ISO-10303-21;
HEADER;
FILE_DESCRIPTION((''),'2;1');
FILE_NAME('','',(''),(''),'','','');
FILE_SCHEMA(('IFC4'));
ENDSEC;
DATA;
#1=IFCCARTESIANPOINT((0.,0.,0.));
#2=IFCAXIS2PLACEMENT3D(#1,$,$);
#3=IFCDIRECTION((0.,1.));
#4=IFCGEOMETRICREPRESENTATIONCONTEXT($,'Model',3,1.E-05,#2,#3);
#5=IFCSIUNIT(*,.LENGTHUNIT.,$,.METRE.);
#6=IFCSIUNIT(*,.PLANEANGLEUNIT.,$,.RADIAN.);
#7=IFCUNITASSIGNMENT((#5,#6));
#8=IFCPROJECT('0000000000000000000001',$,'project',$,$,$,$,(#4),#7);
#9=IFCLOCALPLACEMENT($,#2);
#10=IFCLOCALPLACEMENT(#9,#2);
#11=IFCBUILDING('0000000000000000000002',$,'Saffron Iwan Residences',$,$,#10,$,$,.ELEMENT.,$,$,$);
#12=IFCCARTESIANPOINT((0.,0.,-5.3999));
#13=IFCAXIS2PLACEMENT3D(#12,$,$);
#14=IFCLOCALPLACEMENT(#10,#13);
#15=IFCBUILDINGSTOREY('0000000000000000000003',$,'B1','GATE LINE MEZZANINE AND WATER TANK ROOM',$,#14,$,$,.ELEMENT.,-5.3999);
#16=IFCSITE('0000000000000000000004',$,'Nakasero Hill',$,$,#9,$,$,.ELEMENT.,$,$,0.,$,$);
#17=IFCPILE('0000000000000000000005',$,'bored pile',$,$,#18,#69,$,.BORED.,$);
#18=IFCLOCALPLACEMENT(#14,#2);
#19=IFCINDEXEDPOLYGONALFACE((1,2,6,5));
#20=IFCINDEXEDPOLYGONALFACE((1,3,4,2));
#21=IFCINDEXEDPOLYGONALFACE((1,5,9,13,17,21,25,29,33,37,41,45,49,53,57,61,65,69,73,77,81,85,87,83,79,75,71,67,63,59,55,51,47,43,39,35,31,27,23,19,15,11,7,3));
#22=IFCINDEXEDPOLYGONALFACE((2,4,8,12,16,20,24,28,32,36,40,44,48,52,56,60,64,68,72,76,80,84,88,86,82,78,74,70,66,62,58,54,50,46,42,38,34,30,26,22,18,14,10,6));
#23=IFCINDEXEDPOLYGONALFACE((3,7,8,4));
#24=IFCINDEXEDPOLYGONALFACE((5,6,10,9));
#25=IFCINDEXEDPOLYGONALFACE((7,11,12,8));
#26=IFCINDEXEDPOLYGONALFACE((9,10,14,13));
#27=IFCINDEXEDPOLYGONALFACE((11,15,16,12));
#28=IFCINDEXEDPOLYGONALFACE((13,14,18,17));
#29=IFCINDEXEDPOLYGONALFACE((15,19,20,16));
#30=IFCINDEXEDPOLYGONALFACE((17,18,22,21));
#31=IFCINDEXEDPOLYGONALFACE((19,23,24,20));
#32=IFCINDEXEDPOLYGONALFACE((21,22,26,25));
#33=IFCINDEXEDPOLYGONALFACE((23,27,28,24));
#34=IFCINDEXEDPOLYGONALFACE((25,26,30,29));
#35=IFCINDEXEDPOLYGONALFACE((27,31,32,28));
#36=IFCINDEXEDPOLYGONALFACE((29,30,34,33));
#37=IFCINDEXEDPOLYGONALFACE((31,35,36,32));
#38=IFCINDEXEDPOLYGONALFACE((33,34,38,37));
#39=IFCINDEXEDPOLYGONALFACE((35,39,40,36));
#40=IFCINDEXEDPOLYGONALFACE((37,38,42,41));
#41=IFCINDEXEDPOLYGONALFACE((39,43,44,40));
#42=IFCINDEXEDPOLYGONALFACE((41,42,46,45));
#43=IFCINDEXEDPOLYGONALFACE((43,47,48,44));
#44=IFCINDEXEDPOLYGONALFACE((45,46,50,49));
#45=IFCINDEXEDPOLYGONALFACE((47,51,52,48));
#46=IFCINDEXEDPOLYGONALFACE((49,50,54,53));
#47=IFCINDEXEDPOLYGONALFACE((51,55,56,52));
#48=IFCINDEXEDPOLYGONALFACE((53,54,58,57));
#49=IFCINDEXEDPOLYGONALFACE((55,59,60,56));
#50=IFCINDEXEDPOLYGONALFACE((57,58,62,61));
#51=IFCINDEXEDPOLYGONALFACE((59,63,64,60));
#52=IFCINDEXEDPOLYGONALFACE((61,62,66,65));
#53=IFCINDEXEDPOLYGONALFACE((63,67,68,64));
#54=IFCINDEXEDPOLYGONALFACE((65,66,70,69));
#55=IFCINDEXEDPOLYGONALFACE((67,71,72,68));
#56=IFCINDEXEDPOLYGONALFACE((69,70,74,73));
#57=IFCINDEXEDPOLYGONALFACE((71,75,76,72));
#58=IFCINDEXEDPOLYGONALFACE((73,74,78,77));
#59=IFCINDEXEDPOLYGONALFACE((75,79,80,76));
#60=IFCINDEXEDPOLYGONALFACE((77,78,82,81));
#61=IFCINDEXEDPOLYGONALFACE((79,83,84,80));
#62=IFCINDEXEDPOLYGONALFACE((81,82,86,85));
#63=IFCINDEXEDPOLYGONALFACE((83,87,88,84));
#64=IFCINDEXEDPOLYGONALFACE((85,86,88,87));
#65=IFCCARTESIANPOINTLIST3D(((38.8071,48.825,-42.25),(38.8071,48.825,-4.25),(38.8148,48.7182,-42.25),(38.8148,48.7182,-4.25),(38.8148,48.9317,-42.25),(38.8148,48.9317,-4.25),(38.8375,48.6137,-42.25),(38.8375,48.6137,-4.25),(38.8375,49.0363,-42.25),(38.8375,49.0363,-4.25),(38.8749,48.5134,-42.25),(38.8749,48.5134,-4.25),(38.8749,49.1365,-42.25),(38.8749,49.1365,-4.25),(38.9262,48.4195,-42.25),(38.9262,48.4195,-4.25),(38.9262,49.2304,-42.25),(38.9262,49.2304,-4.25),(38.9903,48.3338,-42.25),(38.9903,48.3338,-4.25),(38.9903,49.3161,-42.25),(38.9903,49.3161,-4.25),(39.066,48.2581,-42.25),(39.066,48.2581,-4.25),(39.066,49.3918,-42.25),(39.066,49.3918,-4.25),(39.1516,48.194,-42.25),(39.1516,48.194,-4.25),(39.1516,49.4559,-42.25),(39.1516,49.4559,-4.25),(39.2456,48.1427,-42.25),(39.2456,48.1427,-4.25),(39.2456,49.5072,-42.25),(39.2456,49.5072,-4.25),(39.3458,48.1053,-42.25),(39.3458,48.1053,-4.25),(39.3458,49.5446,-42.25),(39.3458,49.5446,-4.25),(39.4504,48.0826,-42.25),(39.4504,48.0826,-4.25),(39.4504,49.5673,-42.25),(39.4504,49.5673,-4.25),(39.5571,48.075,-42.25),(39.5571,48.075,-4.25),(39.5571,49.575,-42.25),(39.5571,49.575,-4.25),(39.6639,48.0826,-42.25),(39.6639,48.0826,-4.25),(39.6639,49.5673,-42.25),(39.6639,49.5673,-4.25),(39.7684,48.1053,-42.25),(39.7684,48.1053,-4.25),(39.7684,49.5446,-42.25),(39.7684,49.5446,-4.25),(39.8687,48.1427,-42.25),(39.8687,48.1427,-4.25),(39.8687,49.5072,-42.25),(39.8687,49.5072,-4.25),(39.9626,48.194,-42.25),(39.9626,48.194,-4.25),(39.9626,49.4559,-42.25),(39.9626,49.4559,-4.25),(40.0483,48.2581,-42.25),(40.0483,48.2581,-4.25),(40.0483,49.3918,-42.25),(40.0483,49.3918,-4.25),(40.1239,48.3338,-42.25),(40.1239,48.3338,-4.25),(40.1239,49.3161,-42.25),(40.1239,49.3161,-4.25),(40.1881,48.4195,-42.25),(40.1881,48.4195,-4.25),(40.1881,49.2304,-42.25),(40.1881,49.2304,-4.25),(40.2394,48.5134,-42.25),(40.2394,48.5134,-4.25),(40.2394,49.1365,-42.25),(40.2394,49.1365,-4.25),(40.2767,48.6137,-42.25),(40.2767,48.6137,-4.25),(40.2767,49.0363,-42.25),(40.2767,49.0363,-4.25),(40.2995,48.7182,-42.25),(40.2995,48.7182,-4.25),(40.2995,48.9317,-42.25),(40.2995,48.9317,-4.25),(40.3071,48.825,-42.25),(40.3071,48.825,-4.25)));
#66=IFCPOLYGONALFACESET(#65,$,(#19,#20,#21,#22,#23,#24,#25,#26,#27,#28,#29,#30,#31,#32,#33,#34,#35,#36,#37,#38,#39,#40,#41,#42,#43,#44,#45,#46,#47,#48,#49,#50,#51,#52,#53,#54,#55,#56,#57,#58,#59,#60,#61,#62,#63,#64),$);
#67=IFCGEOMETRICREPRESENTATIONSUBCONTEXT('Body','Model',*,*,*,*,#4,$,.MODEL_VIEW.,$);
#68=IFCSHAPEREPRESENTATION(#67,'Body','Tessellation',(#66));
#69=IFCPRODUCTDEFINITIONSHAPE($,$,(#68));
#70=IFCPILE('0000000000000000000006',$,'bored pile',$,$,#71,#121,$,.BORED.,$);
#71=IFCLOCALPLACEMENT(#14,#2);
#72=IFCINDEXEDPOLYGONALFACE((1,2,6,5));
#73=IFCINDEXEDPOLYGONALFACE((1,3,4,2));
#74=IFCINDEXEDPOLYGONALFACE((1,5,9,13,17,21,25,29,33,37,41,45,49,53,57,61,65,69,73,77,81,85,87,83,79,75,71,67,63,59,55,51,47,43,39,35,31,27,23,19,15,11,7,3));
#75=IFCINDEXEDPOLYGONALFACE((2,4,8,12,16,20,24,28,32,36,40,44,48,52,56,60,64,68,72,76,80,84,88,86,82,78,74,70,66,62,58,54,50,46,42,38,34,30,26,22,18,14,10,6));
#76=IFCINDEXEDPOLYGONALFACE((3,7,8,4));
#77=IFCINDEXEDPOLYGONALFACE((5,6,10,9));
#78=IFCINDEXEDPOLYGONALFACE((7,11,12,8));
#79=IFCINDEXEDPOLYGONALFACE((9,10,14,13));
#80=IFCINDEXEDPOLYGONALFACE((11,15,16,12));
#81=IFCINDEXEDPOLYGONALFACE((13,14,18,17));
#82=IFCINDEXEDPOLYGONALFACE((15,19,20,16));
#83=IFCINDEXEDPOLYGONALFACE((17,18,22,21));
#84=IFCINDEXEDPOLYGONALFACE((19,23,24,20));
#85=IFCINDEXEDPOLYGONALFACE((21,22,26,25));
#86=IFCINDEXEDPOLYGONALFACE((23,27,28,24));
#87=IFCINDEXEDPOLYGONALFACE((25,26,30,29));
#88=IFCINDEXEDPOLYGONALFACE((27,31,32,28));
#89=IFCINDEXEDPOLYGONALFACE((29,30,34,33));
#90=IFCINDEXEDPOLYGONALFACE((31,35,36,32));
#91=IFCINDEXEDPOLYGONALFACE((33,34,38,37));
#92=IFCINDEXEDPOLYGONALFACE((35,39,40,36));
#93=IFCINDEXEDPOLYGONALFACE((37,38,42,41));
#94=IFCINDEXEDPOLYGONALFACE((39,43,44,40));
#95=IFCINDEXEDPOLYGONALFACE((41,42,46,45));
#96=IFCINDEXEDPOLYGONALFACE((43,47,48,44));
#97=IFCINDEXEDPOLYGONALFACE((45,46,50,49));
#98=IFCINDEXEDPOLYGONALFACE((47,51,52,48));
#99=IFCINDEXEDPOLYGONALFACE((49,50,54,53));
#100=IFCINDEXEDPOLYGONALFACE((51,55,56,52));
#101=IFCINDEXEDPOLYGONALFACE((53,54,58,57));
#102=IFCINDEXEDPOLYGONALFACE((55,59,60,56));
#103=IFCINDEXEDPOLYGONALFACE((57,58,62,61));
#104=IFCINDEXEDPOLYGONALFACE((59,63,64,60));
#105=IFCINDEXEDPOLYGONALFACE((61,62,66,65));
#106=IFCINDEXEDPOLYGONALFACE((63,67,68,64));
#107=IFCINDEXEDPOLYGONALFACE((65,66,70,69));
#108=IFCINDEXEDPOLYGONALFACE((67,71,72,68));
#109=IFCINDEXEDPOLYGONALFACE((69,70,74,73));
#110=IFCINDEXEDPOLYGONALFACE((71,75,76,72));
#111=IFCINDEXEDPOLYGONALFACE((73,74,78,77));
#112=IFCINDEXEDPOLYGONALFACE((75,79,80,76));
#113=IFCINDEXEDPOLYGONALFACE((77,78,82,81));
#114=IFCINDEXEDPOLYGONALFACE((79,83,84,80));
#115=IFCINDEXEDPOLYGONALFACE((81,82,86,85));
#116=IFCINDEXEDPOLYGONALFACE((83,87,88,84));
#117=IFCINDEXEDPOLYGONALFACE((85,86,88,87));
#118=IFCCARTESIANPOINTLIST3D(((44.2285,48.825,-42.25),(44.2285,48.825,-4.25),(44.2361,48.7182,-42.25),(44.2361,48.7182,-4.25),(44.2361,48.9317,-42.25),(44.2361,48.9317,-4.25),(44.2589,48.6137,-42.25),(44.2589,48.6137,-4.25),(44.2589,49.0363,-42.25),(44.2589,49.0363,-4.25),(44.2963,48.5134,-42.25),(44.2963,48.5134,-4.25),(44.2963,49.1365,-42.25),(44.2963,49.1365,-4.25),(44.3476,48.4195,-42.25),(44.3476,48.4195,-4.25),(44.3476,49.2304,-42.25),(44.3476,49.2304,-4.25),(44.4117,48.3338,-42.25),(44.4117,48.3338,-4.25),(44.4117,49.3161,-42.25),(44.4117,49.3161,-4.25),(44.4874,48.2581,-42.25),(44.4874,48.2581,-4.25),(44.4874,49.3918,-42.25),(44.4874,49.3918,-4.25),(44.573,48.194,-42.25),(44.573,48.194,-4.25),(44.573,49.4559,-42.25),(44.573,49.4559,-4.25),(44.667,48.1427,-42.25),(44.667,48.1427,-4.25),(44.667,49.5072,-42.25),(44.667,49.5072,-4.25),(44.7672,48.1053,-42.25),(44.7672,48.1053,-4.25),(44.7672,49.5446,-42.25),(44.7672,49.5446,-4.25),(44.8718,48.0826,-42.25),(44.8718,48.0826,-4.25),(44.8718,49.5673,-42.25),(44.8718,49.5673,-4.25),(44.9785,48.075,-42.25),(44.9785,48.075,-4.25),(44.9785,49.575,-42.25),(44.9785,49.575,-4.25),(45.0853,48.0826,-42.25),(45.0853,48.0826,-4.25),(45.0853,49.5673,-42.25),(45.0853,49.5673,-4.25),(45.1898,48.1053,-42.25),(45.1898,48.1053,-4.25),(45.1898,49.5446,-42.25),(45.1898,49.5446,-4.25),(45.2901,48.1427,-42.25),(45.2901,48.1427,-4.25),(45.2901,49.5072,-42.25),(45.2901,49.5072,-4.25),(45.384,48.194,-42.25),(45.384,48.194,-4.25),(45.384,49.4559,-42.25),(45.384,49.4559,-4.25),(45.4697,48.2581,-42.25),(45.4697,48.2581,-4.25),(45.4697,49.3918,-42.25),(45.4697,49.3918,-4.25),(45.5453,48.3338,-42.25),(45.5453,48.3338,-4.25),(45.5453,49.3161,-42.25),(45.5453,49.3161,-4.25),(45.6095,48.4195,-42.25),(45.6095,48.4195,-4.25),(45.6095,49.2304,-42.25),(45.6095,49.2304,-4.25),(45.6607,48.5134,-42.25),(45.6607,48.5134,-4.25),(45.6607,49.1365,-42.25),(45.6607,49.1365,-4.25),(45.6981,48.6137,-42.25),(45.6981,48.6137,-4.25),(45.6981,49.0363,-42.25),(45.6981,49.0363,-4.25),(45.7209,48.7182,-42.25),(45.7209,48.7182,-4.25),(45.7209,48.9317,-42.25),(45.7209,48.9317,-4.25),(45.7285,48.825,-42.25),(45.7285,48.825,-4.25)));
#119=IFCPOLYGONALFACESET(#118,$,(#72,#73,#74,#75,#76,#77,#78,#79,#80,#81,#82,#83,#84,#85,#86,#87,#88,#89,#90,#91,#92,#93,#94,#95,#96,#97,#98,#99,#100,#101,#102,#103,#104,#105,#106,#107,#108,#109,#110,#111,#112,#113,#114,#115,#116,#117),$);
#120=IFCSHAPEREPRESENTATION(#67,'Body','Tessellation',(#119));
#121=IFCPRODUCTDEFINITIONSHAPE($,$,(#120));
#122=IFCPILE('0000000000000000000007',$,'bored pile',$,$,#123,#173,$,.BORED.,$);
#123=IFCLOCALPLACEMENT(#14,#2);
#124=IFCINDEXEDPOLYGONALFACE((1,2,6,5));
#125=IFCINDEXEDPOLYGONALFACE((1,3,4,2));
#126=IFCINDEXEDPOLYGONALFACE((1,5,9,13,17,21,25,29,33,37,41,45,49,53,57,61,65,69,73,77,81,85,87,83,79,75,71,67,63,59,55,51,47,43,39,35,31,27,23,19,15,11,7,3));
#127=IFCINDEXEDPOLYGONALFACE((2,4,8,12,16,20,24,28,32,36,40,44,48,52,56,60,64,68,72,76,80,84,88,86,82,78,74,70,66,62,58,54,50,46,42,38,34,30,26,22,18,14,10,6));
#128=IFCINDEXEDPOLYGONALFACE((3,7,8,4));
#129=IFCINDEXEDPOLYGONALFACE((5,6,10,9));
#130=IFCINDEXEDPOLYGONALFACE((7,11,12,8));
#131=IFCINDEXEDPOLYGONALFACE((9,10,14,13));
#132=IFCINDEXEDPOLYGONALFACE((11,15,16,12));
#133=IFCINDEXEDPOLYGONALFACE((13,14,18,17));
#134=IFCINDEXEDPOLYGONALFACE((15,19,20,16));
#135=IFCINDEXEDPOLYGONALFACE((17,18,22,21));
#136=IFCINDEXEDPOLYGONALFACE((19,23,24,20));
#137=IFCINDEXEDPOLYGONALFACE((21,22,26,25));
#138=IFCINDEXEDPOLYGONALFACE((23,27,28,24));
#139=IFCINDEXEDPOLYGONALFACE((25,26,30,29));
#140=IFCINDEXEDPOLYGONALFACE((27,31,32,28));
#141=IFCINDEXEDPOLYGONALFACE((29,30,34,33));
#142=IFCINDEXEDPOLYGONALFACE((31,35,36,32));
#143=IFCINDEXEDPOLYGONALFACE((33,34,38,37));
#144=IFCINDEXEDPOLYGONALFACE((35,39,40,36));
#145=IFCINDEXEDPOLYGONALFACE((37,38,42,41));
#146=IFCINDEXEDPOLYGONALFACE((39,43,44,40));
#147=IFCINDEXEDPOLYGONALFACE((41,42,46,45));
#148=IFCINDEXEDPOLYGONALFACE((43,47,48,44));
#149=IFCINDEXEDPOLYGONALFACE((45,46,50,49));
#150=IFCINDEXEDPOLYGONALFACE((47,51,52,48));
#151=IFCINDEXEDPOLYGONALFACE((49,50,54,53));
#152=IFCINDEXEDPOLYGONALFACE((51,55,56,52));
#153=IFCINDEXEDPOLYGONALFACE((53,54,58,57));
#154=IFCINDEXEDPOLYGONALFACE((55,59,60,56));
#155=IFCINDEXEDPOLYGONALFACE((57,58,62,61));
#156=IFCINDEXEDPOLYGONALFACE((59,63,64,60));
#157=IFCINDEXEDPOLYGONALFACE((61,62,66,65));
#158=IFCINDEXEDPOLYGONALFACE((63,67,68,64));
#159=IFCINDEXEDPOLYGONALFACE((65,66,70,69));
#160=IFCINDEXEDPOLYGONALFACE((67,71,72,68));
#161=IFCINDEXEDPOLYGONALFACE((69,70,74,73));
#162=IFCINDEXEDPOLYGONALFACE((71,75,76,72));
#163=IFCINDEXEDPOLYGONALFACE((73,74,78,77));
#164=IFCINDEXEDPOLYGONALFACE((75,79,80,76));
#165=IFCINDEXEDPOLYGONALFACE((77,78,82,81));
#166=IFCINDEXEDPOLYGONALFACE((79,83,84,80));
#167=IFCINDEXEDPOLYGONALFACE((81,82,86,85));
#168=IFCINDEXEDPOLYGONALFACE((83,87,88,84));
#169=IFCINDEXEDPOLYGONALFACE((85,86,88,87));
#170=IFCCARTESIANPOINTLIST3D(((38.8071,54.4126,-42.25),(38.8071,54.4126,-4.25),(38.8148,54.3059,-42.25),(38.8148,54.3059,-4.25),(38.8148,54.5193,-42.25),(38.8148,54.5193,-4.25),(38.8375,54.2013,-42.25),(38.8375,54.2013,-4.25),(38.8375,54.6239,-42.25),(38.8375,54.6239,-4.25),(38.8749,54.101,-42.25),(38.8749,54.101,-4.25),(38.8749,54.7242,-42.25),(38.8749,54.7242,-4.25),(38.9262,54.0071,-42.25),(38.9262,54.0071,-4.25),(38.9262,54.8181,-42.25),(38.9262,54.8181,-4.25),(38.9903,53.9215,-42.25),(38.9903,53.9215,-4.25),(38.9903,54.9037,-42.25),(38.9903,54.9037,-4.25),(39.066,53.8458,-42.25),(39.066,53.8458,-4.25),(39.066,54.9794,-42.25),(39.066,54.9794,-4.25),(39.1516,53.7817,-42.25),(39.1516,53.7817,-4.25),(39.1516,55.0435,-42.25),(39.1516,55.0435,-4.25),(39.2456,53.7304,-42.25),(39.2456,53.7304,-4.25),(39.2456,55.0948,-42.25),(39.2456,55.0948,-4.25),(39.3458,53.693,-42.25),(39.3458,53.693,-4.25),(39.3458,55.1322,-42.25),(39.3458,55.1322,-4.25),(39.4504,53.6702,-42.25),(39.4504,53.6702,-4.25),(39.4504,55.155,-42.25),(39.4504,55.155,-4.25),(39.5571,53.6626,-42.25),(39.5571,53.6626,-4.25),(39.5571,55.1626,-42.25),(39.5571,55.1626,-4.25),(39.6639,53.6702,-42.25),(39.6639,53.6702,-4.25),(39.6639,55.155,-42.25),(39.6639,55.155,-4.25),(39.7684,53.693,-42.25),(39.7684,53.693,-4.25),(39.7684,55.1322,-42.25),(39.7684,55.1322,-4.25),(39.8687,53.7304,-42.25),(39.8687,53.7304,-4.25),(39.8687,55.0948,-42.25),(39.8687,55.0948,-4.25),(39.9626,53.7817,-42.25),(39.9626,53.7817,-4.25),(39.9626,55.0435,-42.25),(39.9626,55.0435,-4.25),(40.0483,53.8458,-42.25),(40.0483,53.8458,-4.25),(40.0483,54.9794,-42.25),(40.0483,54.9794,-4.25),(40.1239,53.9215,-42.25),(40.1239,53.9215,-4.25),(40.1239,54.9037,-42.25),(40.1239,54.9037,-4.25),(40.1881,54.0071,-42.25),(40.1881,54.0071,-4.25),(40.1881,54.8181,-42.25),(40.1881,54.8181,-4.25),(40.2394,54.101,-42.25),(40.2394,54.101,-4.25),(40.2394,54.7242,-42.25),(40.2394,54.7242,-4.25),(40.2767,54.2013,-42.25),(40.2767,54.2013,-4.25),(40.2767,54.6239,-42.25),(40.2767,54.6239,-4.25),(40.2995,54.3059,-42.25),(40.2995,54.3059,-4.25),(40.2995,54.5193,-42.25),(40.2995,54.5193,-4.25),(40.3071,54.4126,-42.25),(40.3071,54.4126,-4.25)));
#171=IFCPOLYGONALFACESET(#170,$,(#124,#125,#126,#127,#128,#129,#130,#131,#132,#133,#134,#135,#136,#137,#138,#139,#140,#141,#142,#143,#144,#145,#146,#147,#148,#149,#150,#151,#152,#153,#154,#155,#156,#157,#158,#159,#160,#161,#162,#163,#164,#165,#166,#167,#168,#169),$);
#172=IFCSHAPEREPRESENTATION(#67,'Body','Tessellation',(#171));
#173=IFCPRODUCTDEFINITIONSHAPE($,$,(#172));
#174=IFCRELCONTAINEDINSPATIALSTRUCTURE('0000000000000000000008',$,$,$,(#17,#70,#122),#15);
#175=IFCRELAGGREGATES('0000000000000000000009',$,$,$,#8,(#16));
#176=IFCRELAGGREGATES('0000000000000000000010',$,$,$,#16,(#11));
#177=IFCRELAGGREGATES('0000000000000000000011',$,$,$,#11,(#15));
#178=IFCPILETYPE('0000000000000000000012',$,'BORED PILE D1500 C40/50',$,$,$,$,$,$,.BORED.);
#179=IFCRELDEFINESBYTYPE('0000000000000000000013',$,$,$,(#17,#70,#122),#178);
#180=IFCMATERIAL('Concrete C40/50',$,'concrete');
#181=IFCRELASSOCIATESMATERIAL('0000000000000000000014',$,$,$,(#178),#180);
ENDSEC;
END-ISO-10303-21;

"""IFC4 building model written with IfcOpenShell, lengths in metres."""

from ifc_helpers import new_model, si_unit, direction, frame, origin, origin_2d, place, context, subcontext, project, spatial, circle, extrude, material, material_profile, profile_set, type_object, element, save


model = new_model("IFC4")

# Units and contexts
model_context = context("Model", 3, precision=1e-05, world=origin(), true_north=direction((0.0, 1.0)))
body_context = subcontext(model_context, "Body", "Model", "MODEL_VIEW")
ifc_project = project(units=[si_unit("LENGTHUNIT", "METRE"), si_unit("PLANEANGLEUNIT", "RADIAN")], contexts=[model_context])

# Site, building, storey
site_placement = place(None, origin())
site = spatial("IfcSite", under=ifc_project, at=site_placement, Name="Nakasero Hill", CompositionType="ELEMENT", RefElevation=0.0)
building_placement = place(site_placement, origin())
building = spatial("IfcBuilding", under=site, at=building_placement, Name="Saffron Iwan Residences", CompositionType="ELEMENT")
storey_placement = place(building_placement, frame((0.0, 0.0, -5.3999)))
storey = spatial("IfcBuildingStorey", under=building, at=storey_placement, Name="B1", Description="GATE LINE MEZZANINE AND WATER TANK ROOM", CompositionType="ELEMENT", Elevation=-5.3999)

# Piles
ifc_material_1 = material(Name="Concrete C40/50", Category="concrete")
ifc_material_profile = material_profile(ifc_material_1, circle(Radius=0.75, at=origin_2d()), Name="RC D1500")
ifc_profile_set = profile_set([ifc_material_profile], Name="Concrete C40/50")
pile_type = type_object("IfcPileType", Name="BORED PILE D1500 C40/50", PredefinedType="BORED", material=ifc_profile_set)
for number, where, z_axis, x_axis, name in (
    (1, (39.5571, 48.825, -4.25), (0.0, 0.0, -1.0), (1.0, 0.0, 0.0), "bored pile"),
    (2, (44.9785, 48.825, -4.25), (0.0, 0.0, -1.0), (1.0, 0.0, 0.0), "bored pile"),
    (3, (39.5571, 54.4126, -4.25), (0.0, 0.0, -1.0), (1.0, 0.0, 0.0), "bored pile"),
):
    element("IfcPile", number, at=place(storey_placement, frame(where, z_axis=z_axis, x_axis=x_axis)), inside=storey, type_object=pile_type, Name=name, PredefinedType="BORED", context=body_context, shape_type="SweptSolid", body=[
        extrude(circle(Radius=0.75, at=origin_2d()), origin(), (0.0, 0.0, 1.0), 38.0),
    ])

save(model, "model.ifc")
